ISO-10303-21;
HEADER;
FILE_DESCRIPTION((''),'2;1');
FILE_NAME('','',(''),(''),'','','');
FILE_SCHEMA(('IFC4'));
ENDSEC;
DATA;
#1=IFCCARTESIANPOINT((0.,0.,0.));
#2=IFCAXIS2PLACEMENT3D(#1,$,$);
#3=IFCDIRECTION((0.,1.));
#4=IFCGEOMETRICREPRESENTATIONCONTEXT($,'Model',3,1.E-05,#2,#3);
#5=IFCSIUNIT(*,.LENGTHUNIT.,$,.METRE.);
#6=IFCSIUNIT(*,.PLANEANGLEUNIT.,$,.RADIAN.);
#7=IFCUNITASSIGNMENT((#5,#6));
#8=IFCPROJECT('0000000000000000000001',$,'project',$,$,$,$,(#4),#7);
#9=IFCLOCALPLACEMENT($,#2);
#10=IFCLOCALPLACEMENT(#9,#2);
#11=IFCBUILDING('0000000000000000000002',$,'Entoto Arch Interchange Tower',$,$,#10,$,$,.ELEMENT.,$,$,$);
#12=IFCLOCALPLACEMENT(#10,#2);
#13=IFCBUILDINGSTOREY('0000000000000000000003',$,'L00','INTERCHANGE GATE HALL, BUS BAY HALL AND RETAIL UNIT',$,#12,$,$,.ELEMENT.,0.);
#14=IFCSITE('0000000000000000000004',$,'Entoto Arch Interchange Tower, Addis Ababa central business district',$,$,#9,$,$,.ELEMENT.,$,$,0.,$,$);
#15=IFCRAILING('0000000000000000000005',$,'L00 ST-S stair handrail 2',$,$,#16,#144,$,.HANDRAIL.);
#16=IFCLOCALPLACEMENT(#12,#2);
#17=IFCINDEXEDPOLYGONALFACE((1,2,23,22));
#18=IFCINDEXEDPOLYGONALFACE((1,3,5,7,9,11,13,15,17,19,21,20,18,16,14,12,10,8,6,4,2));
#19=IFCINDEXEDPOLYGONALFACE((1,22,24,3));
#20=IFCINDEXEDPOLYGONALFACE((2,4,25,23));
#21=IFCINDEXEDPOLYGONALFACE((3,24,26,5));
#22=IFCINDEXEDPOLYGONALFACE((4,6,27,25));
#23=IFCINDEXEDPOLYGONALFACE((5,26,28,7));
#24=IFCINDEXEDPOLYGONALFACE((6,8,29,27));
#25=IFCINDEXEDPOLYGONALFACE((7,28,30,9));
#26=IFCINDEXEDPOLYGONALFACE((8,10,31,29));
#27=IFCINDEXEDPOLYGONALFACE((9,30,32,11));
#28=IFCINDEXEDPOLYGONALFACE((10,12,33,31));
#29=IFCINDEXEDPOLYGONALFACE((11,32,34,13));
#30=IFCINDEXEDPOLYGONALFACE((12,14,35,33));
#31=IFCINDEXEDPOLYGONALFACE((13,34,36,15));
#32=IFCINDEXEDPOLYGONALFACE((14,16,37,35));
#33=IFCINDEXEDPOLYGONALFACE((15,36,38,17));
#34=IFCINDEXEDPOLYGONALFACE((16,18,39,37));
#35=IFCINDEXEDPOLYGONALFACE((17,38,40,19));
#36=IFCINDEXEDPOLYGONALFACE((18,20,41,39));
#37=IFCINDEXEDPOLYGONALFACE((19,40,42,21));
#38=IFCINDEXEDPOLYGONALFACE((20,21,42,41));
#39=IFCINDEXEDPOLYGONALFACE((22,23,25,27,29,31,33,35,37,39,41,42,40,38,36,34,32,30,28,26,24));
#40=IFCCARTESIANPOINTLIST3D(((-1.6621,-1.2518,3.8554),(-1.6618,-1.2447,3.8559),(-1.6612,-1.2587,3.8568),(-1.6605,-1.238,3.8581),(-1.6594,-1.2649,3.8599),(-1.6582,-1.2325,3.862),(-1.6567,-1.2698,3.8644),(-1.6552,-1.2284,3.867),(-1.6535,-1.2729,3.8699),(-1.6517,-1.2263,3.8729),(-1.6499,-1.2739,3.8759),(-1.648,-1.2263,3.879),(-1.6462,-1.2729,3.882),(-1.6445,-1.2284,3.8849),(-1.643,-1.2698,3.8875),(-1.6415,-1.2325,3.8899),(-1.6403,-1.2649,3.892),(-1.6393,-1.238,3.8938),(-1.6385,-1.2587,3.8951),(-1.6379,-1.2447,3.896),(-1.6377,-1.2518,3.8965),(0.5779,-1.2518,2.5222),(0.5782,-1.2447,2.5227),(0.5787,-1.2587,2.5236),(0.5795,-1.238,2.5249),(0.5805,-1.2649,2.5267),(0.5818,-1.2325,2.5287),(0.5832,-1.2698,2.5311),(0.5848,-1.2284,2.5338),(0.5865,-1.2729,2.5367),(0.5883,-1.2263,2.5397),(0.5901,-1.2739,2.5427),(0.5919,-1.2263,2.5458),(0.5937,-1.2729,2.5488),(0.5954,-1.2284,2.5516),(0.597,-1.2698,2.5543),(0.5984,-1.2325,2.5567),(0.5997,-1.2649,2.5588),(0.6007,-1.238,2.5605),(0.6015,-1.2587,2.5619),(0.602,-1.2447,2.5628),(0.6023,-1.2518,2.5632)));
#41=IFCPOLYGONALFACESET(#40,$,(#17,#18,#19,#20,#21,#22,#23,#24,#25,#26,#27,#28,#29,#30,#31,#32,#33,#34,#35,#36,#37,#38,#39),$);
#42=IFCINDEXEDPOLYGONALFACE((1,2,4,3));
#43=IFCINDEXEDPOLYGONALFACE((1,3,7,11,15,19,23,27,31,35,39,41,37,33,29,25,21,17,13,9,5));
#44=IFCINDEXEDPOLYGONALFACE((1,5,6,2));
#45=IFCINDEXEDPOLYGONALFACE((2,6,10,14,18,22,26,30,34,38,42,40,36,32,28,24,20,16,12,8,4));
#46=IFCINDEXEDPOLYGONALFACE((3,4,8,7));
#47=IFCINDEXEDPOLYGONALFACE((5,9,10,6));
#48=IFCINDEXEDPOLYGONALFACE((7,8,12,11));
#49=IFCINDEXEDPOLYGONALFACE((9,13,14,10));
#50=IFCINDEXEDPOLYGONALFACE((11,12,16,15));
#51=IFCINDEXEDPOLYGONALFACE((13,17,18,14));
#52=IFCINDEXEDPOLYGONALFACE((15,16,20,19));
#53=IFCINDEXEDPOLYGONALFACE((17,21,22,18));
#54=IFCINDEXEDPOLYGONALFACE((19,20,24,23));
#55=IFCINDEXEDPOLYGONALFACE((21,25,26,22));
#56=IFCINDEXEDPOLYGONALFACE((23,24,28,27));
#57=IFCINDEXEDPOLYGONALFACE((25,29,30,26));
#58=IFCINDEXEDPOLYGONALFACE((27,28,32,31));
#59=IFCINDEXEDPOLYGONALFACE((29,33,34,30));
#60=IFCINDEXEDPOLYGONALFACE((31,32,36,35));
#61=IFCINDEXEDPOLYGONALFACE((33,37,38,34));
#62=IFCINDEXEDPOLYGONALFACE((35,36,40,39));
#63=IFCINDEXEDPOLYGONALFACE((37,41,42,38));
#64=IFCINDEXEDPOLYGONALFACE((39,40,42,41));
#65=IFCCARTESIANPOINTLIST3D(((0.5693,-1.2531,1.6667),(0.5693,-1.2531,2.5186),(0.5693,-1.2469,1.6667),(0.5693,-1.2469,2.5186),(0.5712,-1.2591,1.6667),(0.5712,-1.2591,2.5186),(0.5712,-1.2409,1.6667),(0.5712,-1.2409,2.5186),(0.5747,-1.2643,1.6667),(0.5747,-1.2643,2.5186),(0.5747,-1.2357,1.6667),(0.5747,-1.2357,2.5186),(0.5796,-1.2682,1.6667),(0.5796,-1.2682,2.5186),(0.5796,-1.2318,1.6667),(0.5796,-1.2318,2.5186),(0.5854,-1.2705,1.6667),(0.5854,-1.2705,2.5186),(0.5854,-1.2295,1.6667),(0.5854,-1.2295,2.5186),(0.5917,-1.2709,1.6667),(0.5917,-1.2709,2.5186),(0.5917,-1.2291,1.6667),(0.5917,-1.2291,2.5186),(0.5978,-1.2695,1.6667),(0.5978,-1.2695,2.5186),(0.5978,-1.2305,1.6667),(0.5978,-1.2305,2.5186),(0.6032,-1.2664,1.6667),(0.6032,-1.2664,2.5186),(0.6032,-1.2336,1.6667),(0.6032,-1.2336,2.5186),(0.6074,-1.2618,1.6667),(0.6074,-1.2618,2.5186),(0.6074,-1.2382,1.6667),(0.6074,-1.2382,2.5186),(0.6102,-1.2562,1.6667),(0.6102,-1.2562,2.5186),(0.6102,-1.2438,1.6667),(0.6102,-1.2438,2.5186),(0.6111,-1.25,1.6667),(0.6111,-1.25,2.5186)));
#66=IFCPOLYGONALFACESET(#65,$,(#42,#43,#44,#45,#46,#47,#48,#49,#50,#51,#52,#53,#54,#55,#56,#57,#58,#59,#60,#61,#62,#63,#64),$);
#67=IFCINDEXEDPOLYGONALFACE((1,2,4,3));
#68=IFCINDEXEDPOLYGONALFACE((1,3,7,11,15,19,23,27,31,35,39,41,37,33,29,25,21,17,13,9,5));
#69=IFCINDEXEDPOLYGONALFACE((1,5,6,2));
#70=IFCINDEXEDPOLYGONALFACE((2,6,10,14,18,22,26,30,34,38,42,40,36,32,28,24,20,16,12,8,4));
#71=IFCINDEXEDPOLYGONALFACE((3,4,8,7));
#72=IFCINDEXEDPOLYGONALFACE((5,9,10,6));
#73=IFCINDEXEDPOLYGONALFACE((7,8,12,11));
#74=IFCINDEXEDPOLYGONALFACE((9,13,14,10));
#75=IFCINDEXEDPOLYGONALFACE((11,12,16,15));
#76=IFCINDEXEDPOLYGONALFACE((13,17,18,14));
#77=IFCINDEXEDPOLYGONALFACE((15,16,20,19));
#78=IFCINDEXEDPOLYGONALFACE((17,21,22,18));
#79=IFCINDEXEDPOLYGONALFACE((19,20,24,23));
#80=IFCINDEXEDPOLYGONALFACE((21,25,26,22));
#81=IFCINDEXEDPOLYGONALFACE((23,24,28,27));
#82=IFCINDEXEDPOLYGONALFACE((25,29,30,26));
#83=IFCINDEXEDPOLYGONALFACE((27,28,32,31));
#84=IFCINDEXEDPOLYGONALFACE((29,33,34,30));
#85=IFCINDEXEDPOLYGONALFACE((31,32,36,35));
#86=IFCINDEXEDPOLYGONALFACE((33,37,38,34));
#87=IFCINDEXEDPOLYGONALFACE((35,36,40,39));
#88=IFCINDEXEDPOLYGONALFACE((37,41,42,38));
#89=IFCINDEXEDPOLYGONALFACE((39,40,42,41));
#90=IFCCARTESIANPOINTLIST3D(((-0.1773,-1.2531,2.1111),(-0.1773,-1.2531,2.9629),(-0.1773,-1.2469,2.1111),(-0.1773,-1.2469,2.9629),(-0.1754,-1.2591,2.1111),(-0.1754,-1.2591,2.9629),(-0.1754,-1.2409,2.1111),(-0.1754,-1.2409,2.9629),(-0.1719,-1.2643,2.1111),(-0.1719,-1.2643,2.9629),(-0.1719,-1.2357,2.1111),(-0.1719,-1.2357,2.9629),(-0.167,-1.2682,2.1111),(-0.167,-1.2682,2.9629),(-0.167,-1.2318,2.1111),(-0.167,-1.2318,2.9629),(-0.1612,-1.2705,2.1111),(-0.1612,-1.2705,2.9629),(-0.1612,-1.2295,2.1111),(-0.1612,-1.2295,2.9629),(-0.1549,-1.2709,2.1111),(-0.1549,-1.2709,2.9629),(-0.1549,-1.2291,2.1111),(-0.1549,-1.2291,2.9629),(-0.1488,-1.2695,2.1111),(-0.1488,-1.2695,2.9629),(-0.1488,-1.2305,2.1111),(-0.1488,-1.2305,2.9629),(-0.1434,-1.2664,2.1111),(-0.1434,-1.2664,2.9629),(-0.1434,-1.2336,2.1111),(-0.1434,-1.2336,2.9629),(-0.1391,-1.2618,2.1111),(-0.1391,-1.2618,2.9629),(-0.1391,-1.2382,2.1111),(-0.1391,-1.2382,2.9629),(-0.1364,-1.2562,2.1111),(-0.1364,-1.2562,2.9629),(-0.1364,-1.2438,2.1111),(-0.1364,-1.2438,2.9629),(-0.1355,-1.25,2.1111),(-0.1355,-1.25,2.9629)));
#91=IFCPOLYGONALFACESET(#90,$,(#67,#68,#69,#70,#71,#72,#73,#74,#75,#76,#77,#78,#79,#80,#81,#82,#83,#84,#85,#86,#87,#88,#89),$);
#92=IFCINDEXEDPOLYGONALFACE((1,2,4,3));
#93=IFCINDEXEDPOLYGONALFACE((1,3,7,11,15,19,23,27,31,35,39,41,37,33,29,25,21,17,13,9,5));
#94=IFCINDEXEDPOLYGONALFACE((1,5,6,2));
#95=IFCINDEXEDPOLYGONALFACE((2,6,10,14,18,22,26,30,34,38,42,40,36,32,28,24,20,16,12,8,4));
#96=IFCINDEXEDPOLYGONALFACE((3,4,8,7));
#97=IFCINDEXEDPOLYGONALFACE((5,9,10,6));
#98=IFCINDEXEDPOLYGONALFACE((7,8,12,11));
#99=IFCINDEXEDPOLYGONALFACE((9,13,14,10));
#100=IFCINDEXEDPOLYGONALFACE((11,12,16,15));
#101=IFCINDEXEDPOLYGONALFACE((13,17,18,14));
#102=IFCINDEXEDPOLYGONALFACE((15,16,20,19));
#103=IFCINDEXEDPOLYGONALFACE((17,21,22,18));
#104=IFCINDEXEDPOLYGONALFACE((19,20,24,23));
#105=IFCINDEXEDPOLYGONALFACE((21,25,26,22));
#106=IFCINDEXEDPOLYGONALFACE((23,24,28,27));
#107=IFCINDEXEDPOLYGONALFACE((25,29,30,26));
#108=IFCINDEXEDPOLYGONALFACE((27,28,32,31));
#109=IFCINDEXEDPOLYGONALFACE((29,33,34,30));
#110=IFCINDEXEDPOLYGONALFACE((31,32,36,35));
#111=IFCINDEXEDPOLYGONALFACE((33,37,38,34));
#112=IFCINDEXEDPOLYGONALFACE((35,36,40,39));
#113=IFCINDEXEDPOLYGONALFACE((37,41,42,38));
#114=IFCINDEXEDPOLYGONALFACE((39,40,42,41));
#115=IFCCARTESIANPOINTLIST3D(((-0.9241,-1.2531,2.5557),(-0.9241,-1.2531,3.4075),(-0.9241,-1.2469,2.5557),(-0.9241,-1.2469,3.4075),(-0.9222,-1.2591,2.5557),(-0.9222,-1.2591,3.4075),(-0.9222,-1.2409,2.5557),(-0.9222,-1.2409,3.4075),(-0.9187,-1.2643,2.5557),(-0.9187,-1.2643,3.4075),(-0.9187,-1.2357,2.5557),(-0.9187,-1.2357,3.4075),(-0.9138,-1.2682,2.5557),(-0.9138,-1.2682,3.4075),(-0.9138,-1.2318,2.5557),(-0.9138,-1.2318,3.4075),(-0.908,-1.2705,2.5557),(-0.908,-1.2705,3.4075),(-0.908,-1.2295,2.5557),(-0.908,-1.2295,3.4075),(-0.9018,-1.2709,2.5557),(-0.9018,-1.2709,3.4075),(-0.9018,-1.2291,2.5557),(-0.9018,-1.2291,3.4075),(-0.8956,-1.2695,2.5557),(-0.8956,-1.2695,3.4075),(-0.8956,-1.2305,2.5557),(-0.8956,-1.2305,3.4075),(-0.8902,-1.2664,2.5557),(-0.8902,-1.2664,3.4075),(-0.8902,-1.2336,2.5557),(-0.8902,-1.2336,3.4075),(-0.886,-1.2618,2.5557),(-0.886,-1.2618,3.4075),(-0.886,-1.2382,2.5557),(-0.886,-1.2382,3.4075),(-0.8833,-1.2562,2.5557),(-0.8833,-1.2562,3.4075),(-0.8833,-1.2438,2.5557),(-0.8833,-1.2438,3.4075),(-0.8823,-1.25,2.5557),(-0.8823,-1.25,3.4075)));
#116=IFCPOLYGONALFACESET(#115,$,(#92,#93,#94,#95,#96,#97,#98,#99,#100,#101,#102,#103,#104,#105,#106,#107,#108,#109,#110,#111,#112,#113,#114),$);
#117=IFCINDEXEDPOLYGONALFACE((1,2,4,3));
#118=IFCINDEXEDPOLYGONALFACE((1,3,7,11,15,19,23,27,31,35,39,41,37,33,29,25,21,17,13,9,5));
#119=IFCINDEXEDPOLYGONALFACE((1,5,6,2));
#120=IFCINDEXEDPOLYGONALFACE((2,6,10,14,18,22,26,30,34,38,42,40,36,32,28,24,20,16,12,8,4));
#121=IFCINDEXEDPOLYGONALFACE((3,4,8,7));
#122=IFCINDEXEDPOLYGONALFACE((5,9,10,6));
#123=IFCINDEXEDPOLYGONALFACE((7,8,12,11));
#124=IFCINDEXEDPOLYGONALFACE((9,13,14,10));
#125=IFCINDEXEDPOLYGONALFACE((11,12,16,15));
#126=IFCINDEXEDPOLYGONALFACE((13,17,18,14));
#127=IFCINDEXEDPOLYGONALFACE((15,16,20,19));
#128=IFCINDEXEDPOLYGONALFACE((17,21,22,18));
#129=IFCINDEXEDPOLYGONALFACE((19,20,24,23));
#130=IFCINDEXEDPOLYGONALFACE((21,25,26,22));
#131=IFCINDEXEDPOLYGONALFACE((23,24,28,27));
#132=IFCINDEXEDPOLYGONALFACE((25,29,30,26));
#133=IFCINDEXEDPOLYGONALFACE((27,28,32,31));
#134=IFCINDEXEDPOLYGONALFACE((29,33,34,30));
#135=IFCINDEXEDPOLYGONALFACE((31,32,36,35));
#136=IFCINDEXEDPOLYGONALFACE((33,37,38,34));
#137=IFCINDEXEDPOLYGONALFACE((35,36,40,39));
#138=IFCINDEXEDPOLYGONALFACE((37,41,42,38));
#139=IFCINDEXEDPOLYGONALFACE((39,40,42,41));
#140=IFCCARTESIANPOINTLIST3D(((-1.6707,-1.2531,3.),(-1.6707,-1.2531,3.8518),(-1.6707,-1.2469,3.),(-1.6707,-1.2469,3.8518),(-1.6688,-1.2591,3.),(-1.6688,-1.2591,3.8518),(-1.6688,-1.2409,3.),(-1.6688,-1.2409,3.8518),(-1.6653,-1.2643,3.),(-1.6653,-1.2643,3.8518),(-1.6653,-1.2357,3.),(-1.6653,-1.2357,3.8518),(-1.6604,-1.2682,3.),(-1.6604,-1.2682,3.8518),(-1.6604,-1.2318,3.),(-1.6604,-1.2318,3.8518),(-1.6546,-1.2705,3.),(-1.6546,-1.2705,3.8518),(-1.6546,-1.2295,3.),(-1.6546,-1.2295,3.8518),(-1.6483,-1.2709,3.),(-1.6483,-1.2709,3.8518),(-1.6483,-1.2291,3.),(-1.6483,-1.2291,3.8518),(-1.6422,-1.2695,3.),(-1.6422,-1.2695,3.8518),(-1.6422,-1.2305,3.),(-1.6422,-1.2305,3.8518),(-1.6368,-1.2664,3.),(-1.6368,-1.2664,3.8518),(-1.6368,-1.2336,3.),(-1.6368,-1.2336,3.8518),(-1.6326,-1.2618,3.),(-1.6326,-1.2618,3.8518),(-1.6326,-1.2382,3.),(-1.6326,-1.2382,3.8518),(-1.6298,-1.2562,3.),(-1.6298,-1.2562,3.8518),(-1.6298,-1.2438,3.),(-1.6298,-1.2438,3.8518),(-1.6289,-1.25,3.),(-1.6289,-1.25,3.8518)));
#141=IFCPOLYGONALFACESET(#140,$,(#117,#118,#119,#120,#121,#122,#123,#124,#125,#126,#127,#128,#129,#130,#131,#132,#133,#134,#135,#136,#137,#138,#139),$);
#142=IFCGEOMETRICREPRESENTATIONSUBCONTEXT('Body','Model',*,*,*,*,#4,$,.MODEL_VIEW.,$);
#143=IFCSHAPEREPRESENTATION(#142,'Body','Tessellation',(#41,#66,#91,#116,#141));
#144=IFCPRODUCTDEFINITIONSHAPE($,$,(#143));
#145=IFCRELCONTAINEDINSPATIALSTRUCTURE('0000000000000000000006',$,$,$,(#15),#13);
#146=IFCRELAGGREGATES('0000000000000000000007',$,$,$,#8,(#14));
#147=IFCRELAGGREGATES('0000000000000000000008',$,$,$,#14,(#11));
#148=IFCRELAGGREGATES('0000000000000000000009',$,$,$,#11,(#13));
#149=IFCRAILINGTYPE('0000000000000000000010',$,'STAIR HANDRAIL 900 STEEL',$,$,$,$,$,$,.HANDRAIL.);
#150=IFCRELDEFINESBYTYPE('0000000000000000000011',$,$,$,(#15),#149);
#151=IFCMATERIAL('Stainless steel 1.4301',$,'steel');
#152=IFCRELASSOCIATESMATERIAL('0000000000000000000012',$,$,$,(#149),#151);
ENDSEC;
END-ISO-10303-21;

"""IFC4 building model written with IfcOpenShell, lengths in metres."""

from ifc_helpers import new_model, si_unit, direction, frame, origin, origin_2d, place, context, subcontext, project, spatial, circle, extrude, material, type_object, element, save


model = new_model("IFC4")

# Units and contexts
model_context = context("Model", 3, precision=1e-05, world=origin(), true_north=direction((0.0, 1.0)))
body_context = subcontext(model_context, "Body", "Model", "MODEL_VIEW")
ifc_project = project(units=[si_unit("LENGTHUNIT", "METRE"), si_unit("PLANEANGLEUNIT", "RADIAN")], contexts=[model_context])

# Site, building, storey
site_placement = place(None, origin())
site = spatial("IfcSite", under=ifc_project, at=site_placement, Name="Entoto Arch Interchange Tower, Addis Ababa central business district", CompositionType="ELEMENT", RefElevation=0.0)
building_placement = place(site_placement, origin())
building = spatial("IfcBuilding", under=site, at=building_placement, Name="Entoto Arch Interchange Tower", CompositionType="ELEMENT")
storey_placement = place(building_placement, origin())
storey = spatial("IfcBuildingStorey", under=building, at=storey_placement, Name="L00", Description="INTERCHANGE GATE HALL, BUS BAY HALL AND RETAIL UNIT", CompositionType="ELEMENT", Elevation=0.0)

# Railing
ifc_material_1 = material(Name="Stainless steel 1.4301", Category="steel")
railing_type_1 = type_object("IfcRailingType", Name="STAIR HANDRAIL 900 STEEL", PredefinedType="HANDRAIL", material=ifc_material_1)
railing_1_placement = place(storey_placement, frame((0.5901, -1.25, 1.6667)))
element("IfcRailing", 1, at=railing_1_placement, inside=storey, type_object=railing_type_1, Name="L00 ST-S stair handrail 2", PredefinedType="HANDRAIL", context=body_context, shape_type="SweptSolid", body=[
    extrude(circle(Radius=0.0239, at=origin_2d()), frame((0.0, 0.0, 0.876), z_axis=(-0.859306, 0.0, 0.511462), x_axis=(0.0, -1.0, 0.0)), (0.0, 0.0, 1.0), 2.6067),
    extrude(circle(Radius=0.021, at=origin_2d()), origin(), (0.0, 0.0, 1.0), 0.8518),
    extrude(circle(Radius=0.021, at=origin_2d()), frame((-0.7466, 0.0, 0.4443)), (0.0, 0.0, 1.0), 0.8518),
    extrude(circle(Radius=0.021, at=origin_2d()), frame((-1.4934, 0.0, 0.8889)), (0.0, 0.0, 1.0), 0.8518),
    extrude(circle(Radius=0.021, at=origin_2d()), frame((-2.24, 0.0, 1.3333)), (0.0, 0.0, 1.0), 0.8518),
])

save(model, "model.ifc")
